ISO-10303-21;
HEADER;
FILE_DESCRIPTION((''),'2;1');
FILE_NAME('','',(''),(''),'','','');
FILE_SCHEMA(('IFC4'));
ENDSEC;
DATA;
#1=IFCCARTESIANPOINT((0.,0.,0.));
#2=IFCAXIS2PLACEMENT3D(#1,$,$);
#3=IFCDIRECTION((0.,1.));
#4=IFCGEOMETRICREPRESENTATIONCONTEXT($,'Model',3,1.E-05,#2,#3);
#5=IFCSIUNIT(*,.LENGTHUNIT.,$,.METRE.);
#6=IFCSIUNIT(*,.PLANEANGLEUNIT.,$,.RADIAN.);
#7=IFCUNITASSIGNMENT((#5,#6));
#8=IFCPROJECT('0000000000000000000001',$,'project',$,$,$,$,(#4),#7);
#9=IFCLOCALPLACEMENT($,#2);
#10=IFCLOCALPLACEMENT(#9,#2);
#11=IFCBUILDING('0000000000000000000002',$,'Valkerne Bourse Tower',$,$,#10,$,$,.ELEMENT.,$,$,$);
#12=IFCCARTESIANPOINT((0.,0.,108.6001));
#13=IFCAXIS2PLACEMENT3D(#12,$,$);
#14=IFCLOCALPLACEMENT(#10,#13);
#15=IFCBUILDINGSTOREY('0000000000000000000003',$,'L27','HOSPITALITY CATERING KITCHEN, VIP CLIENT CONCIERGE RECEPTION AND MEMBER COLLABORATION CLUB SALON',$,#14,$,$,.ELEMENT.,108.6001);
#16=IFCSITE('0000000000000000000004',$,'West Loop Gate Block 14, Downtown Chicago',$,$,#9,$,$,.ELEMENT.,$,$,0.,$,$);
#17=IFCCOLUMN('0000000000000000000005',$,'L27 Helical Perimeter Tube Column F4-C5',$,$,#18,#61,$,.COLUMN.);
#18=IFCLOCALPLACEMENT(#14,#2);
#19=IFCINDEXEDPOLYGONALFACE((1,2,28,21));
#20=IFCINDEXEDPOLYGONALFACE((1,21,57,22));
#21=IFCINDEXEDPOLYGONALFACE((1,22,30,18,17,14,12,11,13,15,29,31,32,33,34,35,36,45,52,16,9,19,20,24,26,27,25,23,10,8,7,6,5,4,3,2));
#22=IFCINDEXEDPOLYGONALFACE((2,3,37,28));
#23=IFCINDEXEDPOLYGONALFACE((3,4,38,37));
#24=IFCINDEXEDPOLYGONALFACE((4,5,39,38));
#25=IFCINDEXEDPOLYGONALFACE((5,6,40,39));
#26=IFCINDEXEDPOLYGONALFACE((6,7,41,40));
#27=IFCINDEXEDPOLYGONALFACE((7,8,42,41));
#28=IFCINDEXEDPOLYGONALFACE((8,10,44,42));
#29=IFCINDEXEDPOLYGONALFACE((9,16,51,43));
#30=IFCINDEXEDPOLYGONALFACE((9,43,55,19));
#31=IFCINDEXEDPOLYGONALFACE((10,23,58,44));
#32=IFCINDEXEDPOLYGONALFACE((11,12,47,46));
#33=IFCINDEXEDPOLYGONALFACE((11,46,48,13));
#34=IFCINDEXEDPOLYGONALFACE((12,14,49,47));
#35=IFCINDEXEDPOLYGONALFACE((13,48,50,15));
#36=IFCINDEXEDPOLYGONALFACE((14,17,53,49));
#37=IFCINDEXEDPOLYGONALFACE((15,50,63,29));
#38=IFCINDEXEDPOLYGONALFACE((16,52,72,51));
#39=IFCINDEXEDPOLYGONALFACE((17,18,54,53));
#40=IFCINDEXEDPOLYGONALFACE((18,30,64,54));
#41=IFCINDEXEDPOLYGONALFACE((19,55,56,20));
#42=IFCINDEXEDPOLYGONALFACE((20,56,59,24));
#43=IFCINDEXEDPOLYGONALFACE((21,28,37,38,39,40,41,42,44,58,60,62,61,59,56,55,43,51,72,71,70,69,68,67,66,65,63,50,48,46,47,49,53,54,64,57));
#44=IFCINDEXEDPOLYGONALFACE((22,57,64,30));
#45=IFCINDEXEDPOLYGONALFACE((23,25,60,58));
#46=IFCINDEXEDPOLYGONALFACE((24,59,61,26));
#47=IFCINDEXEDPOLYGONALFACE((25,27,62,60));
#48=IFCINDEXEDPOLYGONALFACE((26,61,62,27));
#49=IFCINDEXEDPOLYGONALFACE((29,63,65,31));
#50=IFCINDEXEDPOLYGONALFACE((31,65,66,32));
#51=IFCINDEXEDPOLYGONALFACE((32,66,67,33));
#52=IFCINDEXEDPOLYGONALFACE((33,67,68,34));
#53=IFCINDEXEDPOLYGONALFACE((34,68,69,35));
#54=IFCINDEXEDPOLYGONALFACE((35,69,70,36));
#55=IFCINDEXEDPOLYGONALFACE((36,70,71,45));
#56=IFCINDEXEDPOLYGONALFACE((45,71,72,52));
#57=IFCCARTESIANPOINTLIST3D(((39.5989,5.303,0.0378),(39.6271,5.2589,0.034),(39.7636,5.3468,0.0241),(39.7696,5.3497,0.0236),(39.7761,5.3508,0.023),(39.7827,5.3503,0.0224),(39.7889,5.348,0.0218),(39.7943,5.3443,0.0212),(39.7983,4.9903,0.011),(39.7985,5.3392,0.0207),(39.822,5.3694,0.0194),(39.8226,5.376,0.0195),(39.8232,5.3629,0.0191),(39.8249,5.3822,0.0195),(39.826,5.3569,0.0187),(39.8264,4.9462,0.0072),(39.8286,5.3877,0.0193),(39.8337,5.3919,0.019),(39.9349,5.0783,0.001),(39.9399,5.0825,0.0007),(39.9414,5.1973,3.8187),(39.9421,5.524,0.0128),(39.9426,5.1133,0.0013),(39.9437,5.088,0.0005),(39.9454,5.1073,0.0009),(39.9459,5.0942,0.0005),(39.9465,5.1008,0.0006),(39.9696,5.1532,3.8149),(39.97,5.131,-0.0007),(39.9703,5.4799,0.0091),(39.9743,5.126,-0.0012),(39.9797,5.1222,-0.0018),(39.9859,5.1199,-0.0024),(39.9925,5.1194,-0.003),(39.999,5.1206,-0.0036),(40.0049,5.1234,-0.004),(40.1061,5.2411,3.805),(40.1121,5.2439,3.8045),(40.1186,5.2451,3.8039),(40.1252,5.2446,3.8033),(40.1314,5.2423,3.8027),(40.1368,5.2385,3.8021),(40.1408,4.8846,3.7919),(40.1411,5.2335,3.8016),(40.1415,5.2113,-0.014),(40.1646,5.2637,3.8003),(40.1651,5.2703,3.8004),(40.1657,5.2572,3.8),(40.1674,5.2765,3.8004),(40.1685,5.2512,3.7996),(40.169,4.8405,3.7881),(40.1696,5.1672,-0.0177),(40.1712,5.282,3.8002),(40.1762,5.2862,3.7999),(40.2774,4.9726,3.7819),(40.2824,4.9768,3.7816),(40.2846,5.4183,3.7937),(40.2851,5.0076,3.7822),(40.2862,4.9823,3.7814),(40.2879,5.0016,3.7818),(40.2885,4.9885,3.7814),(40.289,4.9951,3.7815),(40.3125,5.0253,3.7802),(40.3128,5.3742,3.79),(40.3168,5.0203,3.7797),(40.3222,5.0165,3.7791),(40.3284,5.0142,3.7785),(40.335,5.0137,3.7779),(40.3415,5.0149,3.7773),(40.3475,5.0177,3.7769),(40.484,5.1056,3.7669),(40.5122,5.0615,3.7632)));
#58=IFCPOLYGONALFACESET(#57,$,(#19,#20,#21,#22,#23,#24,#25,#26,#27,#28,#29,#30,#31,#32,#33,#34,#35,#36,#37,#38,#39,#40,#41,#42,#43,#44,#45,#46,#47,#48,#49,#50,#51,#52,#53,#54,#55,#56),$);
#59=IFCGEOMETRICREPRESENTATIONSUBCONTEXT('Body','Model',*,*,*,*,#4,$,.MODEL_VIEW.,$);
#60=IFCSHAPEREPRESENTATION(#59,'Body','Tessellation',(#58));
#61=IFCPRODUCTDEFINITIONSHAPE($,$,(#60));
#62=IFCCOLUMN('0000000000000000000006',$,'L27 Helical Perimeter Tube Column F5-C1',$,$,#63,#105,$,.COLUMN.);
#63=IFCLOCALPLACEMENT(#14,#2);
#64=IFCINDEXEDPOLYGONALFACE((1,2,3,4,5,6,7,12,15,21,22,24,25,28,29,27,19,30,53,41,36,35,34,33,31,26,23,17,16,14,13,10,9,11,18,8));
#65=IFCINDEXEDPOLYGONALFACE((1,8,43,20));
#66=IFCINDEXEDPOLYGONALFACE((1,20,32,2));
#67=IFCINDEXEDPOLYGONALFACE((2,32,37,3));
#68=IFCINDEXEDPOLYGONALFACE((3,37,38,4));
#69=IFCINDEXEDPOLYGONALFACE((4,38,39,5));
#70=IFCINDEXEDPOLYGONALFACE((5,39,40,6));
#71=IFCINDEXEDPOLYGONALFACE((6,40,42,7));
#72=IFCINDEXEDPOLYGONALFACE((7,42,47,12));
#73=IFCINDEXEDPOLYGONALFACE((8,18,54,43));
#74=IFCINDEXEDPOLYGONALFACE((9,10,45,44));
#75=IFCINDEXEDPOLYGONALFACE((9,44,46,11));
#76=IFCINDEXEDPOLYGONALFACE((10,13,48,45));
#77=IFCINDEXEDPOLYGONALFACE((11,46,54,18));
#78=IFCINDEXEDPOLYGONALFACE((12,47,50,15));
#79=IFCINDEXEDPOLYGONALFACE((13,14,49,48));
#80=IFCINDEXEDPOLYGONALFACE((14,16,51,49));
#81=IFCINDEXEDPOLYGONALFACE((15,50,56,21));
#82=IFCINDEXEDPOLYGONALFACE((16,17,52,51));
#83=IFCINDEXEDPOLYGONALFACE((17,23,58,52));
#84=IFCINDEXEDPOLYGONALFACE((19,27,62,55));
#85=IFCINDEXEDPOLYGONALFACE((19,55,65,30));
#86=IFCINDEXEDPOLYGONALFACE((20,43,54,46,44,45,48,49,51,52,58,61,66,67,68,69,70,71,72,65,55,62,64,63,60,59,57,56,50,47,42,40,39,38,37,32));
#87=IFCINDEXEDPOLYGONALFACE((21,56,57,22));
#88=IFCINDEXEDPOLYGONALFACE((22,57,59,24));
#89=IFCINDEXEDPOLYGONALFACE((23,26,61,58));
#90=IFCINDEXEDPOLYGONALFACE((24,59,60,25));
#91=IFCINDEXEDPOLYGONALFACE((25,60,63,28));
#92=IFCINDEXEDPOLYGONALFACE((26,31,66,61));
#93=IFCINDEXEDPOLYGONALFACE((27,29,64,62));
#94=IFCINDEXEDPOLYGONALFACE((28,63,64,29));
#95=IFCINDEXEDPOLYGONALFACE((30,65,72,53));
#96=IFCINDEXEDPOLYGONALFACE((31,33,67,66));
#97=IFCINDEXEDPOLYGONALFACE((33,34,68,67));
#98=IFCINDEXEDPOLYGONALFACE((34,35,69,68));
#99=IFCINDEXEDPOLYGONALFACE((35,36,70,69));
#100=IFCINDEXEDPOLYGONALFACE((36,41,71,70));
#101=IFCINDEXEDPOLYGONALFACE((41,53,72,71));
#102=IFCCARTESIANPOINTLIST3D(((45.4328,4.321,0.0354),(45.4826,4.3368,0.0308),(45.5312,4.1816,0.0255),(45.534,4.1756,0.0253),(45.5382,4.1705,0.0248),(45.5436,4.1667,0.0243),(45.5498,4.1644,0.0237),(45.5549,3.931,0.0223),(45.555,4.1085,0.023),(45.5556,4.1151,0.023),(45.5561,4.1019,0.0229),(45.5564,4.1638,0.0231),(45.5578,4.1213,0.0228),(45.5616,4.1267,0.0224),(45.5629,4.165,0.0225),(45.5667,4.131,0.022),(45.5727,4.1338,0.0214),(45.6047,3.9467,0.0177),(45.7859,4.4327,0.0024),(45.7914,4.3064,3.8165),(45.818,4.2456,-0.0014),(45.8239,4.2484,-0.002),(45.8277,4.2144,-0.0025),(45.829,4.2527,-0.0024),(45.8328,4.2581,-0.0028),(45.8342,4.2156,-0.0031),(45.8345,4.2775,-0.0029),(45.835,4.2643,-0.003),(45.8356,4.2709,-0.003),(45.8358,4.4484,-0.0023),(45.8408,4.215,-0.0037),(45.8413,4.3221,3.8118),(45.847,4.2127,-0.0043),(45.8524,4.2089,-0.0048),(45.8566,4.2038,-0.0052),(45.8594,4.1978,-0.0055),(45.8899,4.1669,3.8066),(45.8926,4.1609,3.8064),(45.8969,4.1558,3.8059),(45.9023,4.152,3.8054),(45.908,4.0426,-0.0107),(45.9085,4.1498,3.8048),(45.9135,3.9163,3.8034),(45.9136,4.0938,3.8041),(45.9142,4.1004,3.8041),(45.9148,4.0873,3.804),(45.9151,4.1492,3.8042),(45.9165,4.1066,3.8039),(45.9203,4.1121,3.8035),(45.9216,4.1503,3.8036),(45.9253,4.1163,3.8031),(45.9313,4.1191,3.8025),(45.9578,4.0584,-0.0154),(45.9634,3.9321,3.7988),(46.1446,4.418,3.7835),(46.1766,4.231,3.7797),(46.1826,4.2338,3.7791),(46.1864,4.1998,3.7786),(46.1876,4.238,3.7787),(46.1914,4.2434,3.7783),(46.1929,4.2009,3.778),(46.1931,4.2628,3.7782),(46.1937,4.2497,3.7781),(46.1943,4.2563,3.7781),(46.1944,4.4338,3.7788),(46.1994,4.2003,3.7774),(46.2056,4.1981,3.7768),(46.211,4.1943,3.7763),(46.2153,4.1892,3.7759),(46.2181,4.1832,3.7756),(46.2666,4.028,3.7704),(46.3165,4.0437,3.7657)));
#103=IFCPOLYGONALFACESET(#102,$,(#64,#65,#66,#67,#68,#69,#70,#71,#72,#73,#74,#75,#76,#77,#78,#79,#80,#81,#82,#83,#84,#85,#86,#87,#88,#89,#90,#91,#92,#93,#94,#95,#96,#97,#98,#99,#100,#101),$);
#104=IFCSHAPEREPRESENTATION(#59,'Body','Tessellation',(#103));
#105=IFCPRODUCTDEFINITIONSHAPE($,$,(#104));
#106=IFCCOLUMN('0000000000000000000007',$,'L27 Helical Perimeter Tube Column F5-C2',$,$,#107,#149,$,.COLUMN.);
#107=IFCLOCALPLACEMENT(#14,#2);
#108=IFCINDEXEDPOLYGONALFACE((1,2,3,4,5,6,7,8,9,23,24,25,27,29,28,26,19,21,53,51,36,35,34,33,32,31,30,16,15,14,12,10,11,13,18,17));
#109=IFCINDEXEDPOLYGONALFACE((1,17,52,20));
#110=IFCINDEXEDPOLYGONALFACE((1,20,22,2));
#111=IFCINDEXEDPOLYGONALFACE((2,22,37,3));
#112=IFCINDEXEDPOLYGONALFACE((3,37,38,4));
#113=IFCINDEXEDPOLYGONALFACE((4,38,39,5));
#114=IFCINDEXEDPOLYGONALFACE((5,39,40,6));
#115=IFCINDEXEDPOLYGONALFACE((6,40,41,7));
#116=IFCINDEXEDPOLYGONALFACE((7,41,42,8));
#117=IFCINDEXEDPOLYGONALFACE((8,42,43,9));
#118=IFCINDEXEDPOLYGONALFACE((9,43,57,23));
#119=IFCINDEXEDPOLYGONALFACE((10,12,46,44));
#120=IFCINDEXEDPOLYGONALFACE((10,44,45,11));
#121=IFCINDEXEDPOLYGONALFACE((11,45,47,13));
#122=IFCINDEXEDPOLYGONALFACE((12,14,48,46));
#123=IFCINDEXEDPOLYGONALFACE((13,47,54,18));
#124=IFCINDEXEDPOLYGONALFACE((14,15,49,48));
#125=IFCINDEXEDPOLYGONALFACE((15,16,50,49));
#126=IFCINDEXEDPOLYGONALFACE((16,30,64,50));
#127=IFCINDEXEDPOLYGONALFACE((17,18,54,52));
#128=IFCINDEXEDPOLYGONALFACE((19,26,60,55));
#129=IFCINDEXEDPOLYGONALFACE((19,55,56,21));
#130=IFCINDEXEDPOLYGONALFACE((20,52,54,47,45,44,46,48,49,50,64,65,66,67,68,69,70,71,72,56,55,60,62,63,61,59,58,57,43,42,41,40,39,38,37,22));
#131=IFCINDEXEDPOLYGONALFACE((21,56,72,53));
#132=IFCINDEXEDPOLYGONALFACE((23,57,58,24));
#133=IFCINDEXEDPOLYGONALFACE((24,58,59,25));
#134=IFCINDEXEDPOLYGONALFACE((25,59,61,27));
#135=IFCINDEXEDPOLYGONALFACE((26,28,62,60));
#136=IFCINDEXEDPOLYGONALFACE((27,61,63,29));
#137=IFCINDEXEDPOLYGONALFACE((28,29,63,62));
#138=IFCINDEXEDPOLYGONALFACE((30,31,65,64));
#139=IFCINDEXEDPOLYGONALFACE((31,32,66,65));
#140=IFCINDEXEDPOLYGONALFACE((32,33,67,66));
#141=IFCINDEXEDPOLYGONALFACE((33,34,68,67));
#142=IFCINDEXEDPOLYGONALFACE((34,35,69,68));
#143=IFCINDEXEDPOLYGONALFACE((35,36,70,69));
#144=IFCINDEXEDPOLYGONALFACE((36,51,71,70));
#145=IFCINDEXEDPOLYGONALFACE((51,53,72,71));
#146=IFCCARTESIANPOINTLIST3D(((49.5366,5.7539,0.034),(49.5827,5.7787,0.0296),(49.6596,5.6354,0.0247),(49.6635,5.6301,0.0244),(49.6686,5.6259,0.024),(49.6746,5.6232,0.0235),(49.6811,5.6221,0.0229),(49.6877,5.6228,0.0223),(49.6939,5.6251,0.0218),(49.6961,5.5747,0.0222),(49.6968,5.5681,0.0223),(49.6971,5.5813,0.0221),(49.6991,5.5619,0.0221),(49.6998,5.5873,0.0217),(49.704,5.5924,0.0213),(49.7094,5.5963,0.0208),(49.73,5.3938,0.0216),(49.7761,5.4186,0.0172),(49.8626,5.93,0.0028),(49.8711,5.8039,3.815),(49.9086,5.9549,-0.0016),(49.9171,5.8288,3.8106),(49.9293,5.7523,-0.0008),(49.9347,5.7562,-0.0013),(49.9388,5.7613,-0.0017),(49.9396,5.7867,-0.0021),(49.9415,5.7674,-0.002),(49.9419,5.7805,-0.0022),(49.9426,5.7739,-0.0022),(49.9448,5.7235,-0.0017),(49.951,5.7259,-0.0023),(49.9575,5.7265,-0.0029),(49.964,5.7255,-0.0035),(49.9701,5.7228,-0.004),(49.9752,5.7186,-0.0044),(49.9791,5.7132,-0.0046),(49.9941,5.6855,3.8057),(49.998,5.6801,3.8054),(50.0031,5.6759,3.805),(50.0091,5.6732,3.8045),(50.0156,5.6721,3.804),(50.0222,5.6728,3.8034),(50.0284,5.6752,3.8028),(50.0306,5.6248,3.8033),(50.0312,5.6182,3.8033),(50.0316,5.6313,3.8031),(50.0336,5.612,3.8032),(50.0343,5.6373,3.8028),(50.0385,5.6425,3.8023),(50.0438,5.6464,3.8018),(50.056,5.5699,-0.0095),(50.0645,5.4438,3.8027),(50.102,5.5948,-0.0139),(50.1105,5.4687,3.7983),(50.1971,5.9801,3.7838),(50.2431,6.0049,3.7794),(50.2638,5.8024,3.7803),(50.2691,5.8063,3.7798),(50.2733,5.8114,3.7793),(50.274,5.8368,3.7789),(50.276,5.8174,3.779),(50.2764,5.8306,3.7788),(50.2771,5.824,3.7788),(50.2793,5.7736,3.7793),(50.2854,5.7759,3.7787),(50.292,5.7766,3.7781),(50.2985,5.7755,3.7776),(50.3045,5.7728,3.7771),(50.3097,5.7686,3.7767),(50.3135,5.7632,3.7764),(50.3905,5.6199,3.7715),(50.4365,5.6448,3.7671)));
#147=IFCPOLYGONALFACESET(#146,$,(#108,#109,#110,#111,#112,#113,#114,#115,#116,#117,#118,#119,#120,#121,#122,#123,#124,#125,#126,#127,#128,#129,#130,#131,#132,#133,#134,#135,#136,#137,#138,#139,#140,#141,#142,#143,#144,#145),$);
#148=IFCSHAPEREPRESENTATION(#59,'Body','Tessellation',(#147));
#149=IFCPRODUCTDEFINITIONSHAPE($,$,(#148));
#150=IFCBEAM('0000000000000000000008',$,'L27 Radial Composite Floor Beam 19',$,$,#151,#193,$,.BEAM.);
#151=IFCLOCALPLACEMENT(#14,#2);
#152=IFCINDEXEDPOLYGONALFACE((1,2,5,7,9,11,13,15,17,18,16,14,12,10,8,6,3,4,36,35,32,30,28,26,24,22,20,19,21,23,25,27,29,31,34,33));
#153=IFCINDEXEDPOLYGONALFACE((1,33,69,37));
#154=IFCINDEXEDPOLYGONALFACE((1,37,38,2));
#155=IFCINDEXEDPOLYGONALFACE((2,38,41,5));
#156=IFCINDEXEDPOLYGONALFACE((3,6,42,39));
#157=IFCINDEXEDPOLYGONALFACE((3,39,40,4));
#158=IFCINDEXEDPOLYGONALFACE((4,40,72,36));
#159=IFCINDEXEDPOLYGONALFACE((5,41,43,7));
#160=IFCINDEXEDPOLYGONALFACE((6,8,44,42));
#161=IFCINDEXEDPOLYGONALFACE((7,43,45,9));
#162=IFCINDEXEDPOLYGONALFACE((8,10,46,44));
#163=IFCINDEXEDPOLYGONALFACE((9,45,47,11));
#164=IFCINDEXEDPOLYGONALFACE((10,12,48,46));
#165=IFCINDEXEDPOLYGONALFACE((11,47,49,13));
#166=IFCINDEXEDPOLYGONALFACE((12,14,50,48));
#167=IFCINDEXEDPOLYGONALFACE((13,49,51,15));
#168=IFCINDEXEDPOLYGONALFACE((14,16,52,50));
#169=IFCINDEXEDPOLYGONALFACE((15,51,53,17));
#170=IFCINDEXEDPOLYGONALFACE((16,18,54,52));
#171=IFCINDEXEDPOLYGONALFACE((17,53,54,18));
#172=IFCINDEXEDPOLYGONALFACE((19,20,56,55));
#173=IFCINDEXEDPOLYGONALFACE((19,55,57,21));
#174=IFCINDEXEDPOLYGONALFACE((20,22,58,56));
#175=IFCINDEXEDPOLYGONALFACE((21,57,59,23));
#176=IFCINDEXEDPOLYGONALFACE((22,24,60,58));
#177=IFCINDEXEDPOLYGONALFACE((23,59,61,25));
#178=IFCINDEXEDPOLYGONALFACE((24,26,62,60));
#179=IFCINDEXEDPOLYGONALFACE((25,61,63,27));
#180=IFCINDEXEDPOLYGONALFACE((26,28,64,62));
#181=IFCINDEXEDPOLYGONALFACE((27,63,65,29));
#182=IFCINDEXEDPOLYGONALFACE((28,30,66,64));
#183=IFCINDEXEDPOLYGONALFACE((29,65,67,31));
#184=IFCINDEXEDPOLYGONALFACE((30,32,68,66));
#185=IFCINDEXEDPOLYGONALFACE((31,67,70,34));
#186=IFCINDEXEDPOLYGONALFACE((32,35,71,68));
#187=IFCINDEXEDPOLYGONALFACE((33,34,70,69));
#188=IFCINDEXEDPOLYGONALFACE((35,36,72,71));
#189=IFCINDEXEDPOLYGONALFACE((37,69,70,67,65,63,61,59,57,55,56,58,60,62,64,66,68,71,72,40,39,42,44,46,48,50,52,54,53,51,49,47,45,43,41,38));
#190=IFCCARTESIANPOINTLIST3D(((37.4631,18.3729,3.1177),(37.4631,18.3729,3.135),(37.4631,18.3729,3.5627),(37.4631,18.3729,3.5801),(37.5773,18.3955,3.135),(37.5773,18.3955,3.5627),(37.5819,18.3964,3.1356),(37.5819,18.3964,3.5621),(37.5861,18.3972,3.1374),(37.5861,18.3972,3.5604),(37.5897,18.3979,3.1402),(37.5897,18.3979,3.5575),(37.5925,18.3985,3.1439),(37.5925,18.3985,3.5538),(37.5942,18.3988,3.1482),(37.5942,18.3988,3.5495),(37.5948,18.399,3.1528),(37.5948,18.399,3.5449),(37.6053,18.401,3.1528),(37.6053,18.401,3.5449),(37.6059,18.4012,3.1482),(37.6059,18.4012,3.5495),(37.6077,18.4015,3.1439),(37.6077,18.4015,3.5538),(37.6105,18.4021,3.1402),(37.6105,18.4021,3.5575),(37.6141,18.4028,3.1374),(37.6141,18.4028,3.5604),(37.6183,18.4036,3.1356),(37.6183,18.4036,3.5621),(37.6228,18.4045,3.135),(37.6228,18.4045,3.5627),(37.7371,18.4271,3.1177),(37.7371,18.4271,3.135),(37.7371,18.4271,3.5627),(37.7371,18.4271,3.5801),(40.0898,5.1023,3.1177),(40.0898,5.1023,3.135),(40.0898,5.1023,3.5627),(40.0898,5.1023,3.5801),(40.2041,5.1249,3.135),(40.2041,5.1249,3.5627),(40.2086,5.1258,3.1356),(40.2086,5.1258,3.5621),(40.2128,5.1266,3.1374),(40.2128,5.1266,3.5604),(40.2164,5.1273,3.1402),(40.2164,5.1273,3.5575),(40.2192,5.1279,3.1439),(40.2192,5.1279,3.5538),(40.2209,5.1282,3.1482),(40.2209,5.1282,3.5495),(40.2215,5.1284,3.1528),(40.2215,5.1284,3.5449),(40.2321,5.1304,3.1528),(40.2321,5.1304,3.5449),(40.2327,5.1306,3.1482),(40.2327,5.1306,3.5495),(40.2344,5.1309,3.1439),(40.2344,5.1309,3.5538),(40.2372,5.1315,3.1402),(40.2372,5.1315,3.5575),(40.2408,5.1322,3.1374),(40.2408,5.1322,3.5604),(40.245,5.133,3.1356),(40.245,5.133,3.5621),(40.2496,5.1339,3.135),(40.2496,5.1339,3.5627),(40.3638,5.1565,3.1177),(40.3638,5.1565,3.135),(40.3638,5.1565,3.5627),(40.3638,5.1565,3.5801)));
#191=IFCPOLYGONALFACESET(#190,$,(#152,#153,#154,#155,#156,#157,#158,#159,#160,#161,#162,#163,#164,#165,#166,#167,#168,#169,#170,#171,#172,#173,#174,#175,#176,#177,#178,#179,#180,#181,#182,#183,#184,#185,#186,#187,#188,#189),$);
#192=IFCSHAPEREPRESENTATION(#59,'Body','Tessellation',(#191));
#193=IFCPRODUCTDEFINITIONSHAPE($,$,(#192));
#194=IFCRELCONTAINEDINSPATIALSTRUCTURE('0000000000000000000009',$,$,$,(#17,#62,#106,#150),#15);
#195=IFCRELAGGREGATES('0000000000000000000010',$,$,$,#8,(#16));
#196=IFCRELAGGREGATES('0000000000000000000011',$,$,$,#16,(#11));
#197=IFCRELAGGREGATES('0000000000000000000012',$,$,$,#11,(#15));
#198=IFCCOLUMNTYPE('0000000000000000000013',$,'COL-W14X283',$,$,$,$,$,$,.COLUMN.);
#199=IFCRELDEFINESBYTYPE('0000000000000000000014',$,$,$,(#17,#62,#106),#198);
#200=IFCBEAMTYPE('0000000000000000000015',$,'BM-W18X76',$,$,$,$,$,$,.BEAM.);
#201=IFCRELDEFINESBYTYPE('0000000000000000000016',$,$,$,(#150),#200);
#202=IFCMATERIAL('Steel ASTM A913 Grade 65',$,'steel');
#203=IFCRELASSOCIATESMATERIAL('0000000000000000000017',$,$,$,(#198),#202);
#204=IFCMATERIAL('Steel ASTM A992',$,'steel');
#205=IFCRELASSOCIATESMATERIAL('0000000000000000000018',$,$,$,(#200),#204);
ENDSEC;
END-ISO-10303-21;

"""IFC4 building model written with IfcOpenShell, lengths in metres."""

from ifc_helpers import new_model, si_unit, direction, frame, origin, origin_2d, place, context, subcontext, project, spatial, i_section, extrude, material, material_profile, profile_set, type_object, element, save


model = new_model("IFC4")

# Units and contexts
model_context = context("Model", 3, precision=1e-05, world=origin(), true_north=direction((0.0, 1.0)))
body_context = subcontext(model_context, "Body", "Model", "MODEL_VIEW")
ifc_project = project(units=[si_unit("LENGTHUNIT", "METRE"), si_unit("PLANEANGLEUNIT", "RADIAN")], contexts=[model_context])

# Site, building, storey
site_placement = place(None, origin())
site = spatial("IfcSite", under=ifc_project, at=site_placement, Name="West Loop Gate Block 14, Downtown Chicago", CompositionType="ELEMENT", RefElevation=0.0)
building_placement = place(site_placement, origin())
building = spatial("IfcBuilding", under=site, at=building_placement, Name="Valkerne Bourse Tower", CompositionType="ELEMENT")
storey_placement = place(building_placement, frame((0.0, 0.0, 108.6001)))
storey = spatial("IfcBuildingStorey", under=building, at=storey_placement, Name="L27", Description="HOSPITALITY CATERING KITCHEN, VIP CLIENT CONCIERGE RECEPTION AND MEMBER COLLABORATION CLUB SALON", CompositionType="ELEMENT", Elevation=108.6001)

# Columns
ifc_material_1 = material(Name="Steel ASTM A913 Grade 65", Category="steel")
ifc_material_profile_1 = material_profile(ifc_material_1, i_section(OverallWidth=0.4089, OverallDepth=0.4243, WebThickness=0.0327, FlangeThickness=0.0525, FilletRadius=0.0254, at=origin_2d()), Name="W14X283")
ifc_profile_set_1 = profile_set([ifc_material_profile_1], Name="Steel ASTM A913 Grade 65")
column_type = type_object("IfcColumnType", Name="COL-W14X283", PredefinedType="COLUMN", material=ifc_profile_set_1)
column_1_placement = place(storey_placement, frame((39.8843, 5.2351, 0.01), z_axis=(0.090188, -0.027834, 0.995536), x_axis=(0.839243, 0.540333, -0.060922)))
element("IfcColumn", 1, at=column_1_placement, inside=storey, type_object=column_type, Name="L27 Helical Perimeter Tube Column F4-C5", PredefinedType="COLUMN", context=body_context, shape_type="SweptSolid", body=[
    extrude(i_section(OverallWidth=0.4089, OverallDepth=0.4243, WebThickness=0.0327, FlangeThickness=0.0525, FilletRadius=0.0254, at=origin_2d()), origin(), (0.0, 0.0, 1.0), 3.7979),
])
column_2_placement = place(storey_placement, frame((45.6953, 4.1897, 0.01), z_axis=(0.094429, -0.003857, 0.995524), x_axis=(-0.298543, 0.953859, 0.032013)))
element("IfcColumn", 2, at=column_2_placement, inside=storey, type_object=column_type, Name="L27 Helical Perimeter Tube Column F5-C1", PredefinedType="COLUMN", context=body_context, shape_type="SweptSolid", body=[
    extrude(i_section(OverallWidth=0.4089, OverallDepth=0.4243, WebThickness=0.0327, FlangeThickness=0.0525, FilletRadius=0.0254, at=origin_2d()), origin(), (0.0, 0.0, 1.0), 3.7981),
])
column_3_placement = place(storey_placement, frame((49.8193, 5.6743, 0.01), z_axis=(0.08811, 0.013184, 0.996024), x_axis=(-0.472915, 0.880591, 0.030178)))
element("IfcColumn", 3, at=column_3_placement, inside=storey, type_object=column_type, Name="L27 Helical Perimeter Tube Column F5-C2", PredefinedType="COLUMN", context=body_context, shape_type="SweptSolid", body=[
    extrude(i_section(OverallWidth=0.4089, OverallDepth=0.4243, WebThickness=0.0327, FlangeThickness=0.0525, FilletRadius=0.0254, at=origin_2d()), origin(), (0.0, 0.0, 1.0), 3.7961),
])

# Beam
ifc_material_2 = material(Name="Steel ASTM A992", Category="steel")
ifc_material_profile_2 = material_profile(ifc_material_2, i_section(OverallWidth=0.2793, OverallDepth=0.4624, WebThickness=0.0107, FlangeThickness=0.0173, FilletRadius=0.0178, at=origin_2d()), Name="W18X76")
ifc_profile_set_2 = profile_set([ifc_material_profile_2], Name="Steel ASTM A992")
beam_type_1 = type_object("IfcBeamType", Name="BM-W18X76", PredefinedType="BEAM", material=ifc_profile_set_2)
beam_1_placement = place(storey_placement, frame((40.2268, 5.1294, 3.3489), z_axis=(-0.194169, 0.980968, 0.0), x_axis=(-0.980968, -0.194169, 0.0)))
element("IfcBeam", 4, at=beam_1_placement, inside=storey, type_object=beam_type_1, Name="L27 Radial Composite Floor Beam 19", PredefinedType="BEAM", context=body_context, shape_type="SweptSolid", body=[
    extrude(i_section(OverallWidth=0.2793, OverallDepth=0.4624, WebThickness=0.0107, FlangeThickness=0.0173, FilletRadius=0.0178, at=origin_2d()), origin(), (0.0, 0.0, 1.0), 13.5281),
])

save(model, "model.ifc")
